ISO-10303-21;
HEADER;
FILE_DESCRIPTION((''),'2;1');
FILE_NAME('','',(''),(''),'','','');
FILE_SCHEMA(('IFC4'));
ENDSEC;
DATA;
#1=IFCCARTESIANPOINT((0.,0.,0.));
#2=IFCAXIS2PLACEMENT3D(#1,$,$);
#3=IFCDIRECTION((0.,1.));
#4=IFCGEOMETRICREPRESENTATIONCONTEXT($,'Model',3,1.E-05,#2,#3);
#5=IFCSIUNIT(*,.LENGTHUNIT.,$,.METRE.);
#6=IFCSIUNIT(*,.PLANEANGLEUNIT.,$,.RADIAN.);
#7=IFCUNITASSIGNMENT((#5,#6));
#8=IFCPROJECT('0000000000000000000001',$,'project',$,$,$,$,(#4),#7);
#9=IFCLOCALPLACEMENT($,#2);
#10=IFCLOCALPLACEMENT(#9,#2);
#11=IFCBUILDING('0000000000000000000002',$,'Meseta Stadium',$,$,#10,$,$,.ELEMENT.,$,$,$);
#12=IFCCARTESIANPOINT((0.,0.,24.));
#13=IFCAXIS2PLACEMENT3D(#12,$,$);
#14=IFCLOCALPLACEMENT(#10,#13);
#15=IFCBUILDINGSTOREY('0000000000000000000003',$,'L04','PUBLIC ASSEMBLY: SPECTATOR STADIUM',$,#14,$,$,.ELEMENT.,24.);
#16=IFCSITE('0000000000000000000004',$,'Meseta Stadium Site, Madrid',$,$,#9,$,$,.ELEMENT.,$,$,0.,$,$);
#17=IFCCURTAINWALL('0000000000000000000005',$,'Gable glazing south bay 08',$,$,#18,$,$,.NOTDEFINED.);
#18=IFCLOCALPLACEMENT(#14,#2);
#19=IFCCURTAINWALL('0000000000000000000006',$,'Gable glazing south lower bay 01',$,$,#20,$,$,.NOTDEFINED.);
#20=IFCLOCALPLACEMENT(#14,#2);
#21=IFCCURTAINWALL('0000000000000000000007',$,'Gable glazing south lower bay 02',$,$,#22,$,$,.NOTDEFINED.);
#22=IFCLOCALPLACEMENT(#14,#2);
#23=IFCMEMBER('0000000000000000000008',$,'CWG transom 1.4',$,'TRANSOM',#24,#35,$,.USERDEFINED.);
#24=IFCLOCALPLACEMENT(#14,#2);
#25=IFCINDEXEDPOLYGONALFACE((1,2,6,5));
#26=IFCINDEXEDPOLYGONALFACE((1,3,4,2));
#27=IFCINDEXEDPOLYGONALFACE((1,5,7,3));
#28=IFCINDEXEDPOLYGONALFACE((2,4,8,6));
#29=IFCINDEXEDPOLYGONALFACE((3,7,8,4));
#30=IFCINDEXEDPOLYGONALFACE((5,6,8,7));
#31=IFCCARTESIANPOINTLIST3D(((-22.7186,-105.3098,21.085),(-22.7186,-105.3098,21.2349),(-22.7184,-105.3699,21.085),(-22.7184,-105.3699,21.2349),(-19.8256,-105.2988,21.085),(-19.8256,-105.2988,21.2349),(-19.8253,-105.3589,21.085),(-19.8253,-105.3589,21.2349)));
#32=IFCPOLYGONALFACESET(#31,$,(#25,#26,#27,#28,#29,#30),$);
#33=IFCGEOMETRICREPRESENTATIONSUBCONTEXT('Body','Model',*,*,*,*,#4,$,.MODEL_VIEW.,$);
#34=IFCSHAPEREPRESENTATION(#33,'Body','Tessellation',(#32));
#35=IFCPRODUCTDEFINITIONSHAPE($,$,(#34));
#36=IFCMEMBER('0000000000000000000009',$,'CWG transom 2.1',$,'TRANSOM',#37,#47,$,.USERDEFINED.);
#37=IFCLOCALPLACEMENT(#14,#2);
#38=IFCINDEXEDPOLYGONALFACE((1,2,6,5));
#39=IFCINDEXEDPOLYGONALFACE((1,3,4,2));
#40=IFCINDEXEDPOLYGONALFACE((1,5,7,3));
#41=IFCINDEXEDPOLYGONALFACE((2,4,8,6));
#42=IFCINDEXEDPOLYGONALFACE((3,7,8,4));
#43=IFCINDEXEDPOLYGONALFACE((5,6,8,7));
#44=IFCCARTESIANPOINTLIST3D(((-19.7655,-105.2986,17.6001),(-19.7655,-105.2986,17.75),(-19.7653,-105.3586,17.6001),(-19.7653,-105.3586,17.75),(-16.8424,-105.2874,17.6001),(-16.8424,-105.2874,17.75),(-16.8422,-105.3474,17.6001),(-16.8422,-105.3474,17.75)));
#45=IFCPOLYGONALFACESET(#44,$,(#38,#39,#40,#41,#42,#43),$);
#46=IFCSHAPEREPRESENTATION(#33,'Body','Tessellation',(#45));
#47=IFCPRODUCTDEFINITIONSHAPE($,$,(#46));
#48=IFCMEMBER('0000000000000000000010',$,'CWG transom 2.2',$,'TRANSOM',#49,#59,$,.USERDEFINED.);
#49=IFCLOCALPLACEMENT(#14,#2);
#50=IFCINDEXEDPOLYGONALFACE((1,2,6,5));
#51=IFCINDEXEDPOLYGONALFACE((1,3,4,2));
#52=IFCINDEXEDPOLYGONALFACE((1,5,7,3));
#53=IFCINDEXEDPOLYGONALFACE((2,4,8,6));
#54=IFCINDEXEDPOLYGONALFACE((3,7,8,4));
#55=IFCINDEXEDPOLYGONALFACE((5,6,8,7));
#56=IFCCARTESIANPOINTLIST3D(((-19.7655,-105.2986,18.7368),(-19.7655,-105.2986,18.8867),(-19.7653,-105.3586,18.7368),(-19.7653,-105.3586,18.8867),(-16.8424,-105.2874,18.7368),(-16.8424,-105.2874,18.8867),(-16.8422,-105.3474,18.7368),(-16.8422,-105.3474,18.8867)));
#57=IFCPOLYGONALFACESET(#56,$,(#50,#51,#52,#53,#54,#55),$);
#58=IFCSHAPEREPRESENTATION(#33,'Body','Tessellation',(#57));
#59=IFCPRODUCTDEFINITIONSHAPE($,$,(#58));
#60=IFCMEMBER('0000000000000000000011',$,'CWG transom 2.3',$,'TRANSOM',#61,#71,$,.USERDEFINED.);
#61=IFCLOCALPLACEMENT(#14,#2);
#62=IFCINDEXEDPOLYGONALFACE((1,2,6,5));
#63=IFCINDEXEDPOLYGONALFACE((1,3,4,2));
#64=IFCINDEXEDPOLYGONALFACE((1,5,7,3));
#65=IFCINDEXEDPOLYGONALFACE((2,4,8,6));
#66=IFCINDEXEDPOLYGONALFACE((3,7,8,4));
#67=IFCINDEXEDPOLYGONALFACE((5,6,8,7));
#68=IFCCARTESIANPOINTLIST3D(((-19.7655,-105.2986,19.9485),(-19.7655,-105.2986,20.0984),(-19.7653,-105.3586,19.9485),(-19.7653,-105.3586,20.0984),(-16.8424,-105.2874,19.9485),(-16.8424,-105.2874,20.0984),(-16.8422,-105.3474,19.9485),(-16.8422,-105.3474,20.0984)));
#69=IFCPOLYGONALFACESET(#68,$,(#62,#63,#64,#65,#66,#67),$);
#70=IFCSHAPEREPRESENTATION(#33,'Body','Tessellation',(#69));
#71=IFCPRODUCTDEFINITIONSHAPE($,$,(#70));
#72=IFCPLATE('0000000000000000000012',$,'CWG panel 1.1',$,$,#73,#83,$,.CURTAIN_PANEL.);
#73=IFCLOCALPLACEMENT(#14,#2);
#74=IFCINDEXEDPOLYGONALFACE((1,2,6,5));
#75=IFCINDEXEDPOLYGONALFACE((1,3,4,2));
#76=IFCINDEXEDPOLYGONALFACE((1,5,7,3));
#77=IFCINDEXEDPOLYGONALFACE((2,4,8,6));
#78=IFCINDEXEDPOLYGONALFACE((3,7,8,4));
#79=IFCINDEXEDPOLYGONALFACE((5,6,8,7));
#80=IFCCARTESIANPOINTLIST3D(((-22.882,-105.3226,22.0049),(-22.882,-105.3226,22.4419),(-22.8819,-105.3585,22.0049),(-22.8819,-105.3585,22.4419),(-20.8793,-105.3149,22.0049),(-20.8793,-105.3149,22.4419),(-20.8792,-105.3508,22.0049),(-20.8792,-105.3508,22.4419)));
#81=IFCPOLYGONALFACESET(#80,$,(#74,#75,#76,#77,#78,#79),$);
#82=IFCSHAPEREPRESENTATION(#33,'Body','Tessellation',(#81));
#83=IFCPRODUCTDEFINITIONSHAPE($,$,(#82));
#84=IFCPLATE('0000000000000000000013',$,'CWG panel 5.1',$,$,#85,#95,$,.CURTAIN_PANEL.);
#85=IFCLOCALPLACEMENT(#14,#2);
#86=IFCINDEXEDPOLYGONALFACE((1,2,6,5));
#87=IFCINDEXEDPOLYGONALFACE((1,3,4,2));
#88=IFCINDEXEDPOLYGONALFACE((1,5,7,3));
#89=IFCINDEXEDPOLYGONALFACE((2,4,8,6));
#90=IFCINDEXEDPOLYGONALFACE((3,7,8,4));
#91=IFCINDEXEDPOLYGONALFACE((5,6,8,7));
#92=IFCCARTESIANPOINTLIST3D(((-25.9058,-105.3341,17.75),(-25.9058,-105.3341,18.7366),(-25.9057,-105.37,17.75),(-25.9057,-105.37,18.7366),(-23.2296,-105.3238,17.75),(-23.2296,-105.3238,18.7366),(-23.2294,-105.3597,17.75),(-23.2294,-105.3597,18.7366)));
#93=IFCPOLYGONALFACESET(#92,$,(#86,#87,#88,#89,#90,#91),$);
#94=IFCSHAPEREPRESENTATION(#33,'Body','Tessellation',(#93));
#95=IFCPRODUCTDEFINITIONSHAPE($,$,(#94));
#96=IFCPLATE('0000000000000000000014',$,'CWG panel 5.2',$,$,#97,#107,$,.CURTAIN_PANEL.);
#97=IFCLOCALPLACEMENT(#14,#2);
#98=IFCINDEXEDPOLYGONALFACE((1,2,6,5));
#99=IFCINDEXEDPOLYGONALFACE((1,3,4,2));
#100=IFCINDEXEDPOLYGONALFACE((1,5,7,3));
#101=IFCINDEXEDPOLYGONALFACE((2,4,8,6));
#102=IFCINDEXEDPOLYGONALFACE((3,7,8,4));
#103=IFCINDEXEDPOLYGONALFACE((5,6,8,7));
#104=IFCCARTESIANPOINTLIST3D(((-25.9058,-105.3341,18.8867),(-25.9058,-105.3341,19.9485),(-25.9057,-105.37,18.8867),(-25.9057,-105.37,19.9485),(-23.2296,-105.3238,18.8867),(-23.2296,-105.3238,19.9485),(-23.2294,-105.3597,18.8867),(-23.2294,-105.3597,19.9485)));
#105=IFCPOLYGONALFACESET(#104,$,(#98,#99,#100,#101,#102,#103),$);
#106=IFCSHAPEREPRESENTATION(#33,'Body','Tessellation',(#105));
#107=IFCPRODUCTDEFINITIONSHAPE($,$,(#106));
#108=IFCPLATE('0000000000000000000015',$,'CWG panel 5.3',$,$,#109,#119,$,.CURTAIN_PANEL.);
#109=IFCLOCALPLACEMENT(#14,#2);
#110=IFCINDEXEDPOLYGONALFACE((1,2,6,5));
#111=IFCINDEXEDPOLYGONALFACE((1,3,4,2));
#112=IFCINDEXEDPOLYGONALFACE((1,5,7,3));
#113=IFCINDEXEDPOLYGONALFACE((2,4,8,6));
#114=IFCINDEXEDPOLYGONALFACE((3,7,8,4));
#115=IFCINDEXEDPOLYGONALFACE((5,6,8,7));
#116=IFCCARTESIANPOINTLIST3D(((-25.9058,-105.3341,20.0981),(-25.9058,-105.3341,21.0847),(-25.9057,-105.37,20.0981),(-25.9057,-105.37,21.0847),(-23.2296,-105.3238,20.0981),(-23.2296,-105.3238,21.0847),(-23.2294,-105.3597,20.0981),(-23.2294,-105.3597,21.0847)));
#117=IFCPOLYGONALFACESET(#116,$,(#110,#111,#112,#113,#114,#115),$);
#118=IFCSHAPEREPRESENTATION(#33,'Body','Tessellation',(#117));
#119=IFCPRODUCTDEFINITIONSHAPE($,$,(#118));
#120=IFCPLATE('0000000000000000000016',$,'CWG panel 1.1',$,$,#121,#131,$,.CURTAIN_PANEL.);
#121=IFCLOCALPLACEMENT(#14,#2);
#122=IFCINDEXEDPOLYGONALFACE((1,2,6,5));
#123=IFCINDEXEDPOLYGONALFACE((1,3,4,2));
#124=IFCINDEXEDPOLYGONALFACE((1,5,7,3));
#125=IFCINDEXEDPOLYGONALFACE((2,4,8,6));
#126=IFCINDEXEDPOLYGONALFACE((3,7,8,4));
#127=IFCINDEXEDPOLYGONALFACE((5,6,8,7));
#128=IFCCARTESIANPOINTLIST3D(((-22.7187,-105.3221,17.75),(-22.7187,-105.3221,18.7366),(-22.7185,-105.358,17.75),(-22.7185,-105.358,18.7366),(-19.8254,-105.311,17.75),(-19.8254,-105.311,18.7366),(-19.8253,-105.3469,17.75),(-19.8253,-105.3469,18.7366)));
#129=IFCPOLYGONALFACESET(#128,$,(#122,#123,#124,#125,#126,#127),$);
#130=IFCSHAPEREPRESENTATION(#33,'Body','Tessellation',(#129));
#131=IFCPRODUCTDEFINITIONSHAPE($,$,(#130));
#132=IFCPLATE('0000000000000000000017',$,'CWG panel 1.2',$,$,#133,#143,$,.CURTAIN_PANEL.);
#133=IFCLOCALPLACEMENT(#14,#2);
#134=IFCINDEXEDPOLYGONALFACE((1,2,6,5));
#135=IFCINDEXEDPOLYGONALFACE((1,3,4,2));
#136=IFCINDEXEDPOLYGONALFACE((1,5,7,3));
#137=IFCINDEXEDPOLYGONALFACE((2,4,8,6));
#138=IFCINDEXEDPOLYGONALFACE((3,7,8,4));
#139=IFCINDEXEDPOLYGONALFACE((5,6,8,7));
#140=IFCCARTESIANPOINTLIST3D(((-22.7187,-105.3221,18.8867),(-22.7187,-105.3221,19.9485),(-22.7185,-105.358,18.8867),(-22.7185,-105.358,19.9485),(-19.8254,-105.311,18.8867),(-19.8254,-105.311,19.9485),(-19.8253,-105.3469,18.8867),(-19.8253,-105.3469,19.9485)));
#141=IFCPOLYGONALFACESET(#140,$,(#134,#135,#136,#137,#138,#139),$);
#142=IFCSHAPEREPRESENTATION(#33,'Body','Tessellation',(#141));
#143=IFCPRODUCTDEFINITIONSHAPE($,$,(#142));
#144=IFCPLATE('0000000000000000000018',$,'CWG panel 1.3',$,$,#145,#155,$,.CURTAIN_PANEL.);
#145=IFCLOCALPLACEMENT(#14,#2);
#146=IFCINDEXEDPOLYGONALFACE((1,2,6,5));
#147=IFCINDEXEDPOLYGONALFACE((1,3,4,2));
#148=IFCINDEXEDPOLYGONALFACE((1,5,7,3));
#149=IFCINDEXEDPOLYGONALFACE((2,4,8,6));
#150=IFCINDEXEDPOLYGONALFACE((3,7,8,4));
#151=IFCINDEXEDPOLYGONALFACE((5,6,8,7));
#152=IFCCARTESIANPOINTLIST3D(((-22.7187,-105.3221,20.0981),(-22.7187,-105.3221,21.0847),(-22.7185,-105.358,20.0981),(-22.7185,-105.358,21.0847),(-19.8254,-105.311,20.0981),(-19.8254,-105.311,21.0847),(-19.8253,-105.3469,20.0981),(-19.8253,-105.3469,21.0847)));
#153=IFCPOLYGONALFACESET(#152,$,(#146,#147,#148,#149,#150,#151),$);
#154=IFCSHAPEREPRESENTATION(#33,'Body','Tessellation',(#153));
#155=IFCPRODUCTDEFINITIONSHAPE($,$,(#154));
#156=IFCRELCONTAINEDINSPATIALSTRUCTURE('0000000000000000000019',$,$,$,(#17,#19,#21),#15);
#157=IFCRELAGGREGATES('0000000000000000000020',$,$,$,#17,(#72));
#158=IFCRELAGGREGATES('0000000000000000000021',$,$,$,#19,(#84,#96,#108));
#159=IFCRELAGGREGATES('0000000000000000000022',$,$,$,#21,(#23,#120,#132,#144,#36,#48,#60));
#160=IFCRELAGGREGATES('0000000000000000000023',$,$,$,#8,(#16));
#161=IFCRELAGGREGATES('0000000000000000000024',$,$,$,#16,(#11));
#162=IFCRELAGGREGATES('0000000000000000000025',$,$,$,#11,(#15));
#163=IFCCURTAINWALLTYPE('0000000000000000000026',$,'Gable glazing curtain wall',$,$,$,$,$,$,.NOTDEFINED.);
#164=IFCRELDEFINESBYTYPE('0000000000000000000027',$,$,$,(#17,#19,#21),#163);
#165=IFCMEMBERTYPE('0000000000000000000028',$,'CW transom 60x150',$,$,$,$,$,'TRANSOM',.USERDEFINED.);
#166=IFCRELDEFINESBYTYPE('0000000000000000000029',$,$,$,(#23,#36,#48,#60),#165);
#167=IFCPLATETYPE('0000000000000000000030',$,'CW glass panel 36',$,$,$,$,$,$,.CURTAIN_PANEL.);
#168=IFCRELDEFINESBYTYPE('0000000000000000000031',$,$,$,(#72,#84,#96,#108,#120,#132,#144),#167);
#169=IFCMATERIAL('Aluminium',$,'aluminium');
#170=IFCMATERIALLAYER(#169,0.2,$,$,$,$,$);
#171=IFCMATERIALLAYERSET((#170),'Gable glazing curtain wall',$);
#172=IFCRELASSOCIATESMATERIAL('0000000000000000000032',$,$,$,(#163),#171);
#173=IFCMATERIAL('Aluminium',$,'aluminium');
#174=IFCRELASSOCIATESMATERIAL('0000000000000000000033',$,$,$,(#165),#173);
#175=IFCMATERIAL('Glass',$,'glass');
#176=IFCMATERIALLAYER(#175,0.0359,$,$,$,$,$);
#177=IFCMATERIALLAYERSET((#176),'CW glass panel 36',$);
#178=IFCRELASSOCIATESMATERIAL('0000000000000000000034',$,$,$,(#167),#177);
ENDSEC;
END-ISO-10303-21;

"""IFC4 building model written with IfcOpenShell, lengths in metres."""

from ifc_helpers import new_model, si_unit, direction, frame, origin, origin_2d, place, context, subcontext, project, spatial, rectangle, extrude, material, layer, layer_set, material_profile, profile_set, type_object, element, aggregate, save


model = new_model("IFC4")

# Units and contexts
model_context = context("Model", 3, precision=1e-05, world=origin(), true_north=direction((0.0, 1.0)))
body_context = subcontext(model_context, "Body", "Model", "MODEL_VIEW")
ifc_project = project(units=[si_unit("LENGTHUNIT", "METRE"), si_unit("PLANEANGLEUNIT", "RADIAN")], contexts=[model_context])

# Site, building, storey
site_placement = place(None, origin())
site = spatial("IfcSite", under=ifc_project, at=site_placement, Name="Meseta Stadium Site, Madrid", CompositionType="ELEMENT", RefElevation=0.0)
building_placement = place(site_placement, origin())
building = spatial("IfcBuilding", under=site, at=building_placement, Name="Meseta Stadium", CompositionType="ELEMENT")
storey_placement = place(building_placement, frame((0.0, 0.0, 24.0)))
storey = spatial("IfcBuildingStorey", under=building, at=storey_placement, Name="L04", Description="PUBLIC ASSEMBLY: SPECTATOR STADIUM", CompositionType="ELEMENT", Elevation=24.0)

# Curtain wall
ifc_material_1 = material(Name="Aluminium", Category="aluminium")
ifc_layer_1 = layer(ifc_material_1, 0.2)
ifc_layer_set_1 = layer_set([ifc_layer_1], Name="Gable glazing curtain wall")
curtain_wall_type = type_object("IfcCurtainWallType", Name="Gable glazing curtain wall", PredefinedType="NOTDEFINED", material=ifc_layer_set_1)
curtain_wall_1_placement = place(storey_placement, origin())
curtain_wall_1 = element("IfcCurtainWall", 1, at=curtain_wall_1_placement, inside=storey, type_object=curtain_wall_type, Name="Gable glazing south bay 08", PredefinedType="NOTDEFINED")

# Curtain wall
curtain_wall_2_placement = place(storey_placement, origin())
curtain_wall_2 = element("IfcCurtainWall", 2, at=curtain_wall_2_placement, inside=storey, type_object=curtain_wall_type, Name="Gable glazing south lower bay 01", PredefinedType="NOTDEFINED")

# Curtain wall
curtain_wall_3_placement = place(storey_placement, origin())
curtain_wall_3 = element("IfcCurtainWall", 3, at=curtain_wall_3_placement, inside=storey, type_object=curtain_wall_type, Name="Gable glazing south lower bay 02", PredefinedType="NOTDEFINED")

# Members
ifc_material_2 = material(Name="Aluminium", Category="aluminium")
ifc_material_profile_1 = material_profile(ifc_material_2, rectangle(XDim=0.0601, YDim=0.1499, at=origin_2d()), Name="CW 60x150")
ifc_profile_set_1 = profile_set([ifc_material_profile_1], Name="Aluminium")
member_type_1 = type_object("IfcMemberType", Name="CW transom 60x150", ElementType="TRANSOM", PredefinedType="USERDEFINED", material=ifc_profile_set_1)
member_1_placement = place(storey_placement, frame((-22.7185, -105.3398, 21.1599), z_axis=(0.999993, 0.003797, 0.0), x_axis=(-0.003797, 0.999993, 0.0)))
member_1 = element("IfcMember", 4, at=member_1_placement, type_object=member_type_1, Name="CWG transom 1.4", ObjectType="TRANSOM", PredefinedType="USERDEFINED", context=body_context, shape_type="SweptSolid", body=[
    extrude(rectangle(XDim=0.0601, YDim=0.1499, at=origin_2d()), origin(), (0.0, 0.0, 1.0), 2.8931),
])
member_2_placement = place(storey_placement, frame((-19.7654, -105.3286, 17.675), z_axis=(0.999993, 0.003842, 0.0), x_axis=(-0.003842, 0.999993, 0.0)))
member_2 = element("IfcMember", 5, at=member_2_placement, type_object=member_type_1, Name="CWG transom 2.1", ObjectType="TRANSOM", PredefinedType="USERDEFINED", context=body_context, shape_type="SweptSolid", body=[
    extrude(rectangle(XDim=0.0601, YDim=0.1499, at=origin_2d()), origin(), (0.0, 0.0, 1.0), 2.9231),
])
member_3_placement = place(storey_placement, frame((-19.7654, -105.3286, 18.8118), z_axis=(0.999993, 0.003842, 0.0), x_axis=(-0.003842, 0.999993, 0.0)))
member_3 = element("IfcMember", 6, at=member_3_placement, type_object=member_type_1, Name="CWG transom 2.2", ObjectType="TRANSOM", PredefinedType="USERDEFINED", context=body_context, shape_type="SweptSolid", body=[
    extrude(rectangle(XDim=0.0601, YDim=0.1499, at=origin_2d()), origin(), (0.0, 0.0, 1.0), 2.9231),
])
member_4_placement = place(storey_placement, frame((-19.7654, -105.3286, 20.0234), z_axis=(0.999993, 0.003842, 0.0), x_axis=(-0.003842, 0.999993, 0.0)))
member_4 = element("IfcMember", 7, at=member_4_placement, type_object=member_type_1, Name="CWG transom 2.3", ObjectType="TRANSOM", PredefinedType="USERDEFINED", context=body_context, shape_type="SweptSolid", body=[
    extrude(rectangle(XDim=0.0601, YDim=0.1499, at=origin_2d()), origin(), (0.0, 0.0, 1.0), 2.9231),
])

# Plates
ifc_material_3 = material(Name="Glass", Category="glass")
ifc_layer_2 = layer(ifc_material_3, 0.0359)
ifc_layer_set_2 = layer_set([ifc_layer_2], Name="CW glass panel 36")
plate_type = type_object("IfcPlateType", Name="CW glass panel 36", PredefinedType="CURTAIN_PANEL", material=ifc_layer_set_2)
plate_1_placement = place(storey_placement, frame((-21.8806, -105.3367, 22.0049), z_axis=(0.0, 0.0, 1.0), x_axis=(0.999993, 0.003848, 0.0)))
plate_1 = element("IfcPlate", 8, at=plate_1_placement, type_object=plate_type, Name="CWG panel 1.1", PredefinedType="CURTAIN_PANEL", context=body_context, shape_type="SweptSolid", body=[
    extrude(rectangle(XDim=2.0027, YDim=0.0359, at=origin_2d()), origin(), (0.0, 0.0, 1.0), 0.437),
])
aggregate(curtain_wall_1, [plate_1])
plate_2_placement = place(storey_placement, frame((-24.5676, -105.3469, 17.75), z_axis=(0.0, 0.0, 1.0), x_axis=(0.999993, 0.003848, 0.0)))
plate_2 = element("IfcPlate", 9, at=plate_2_placement, type_object=plate_type, Name="CWG panel 5.1", PredefinedType="CURTAIN_PANEL", context=body_context, shape_type="SweptSolid", body=[
    extrude(rectangle(XDim=2.6763, YDim=0.0359, at=origin_2d()), origin(), (0.0, 0.0, 1.0), 0.9866),
])
plate_3_placement = place(storey_placement, frame((-24.5676, -105.3469, 18.8867), z_axis=(0.0, 0.0, 1.0), x_axis=(0.999993, 0.003848, 0.0)))
plate_3 = element("IfcPlate", 10, at=plate_3_placement, type_object=plate_type, Name="CWG panel 5.2", PredefinedType="CURTAIN_PANEL", context=body_context, shape_type="SweptSolid", body=[
    extrude(rectangle(XDim=2.6763, YDim=0.0359, at=origin_2d()), origin(), (0.0, 0.0, 1.0), 1.0618),
])
plate_4_placement = place(storey_placement, frame((-24.5676, -105.3469, 20.0981), z_axis=(0.0, 0.0, 1.0), x_axis=(0.999993, 0.003848, 0.0)))
plate_4 = element("IfcPlate", 11, at=plate_4_placement, type_object=plate_type, Name="CWG panel 5.3", PredefinedType="CURTAIN_PANEL", context=body_context, shape_type="SweptSolid", body=[
    extrude(rectangle(XDim=2.6763, YDim=0.0359, at=origin_2d()), origin(), (0.0, 0.0, 1.0), 0.9866),
])
aggregate(curtain_wall_2, [plate_2, plate_3, plate_4])
plate_5_placement = place(storey_placement, frame((-21.272, -105.3345, 17.75), z_axis=(0.0, 0.0, 1.0), x_axis=(0.999993, 0.003848, 0.0)))
plate_5 = element("IfcPlate", 12, at=plate_5_placement, type_object=plate_type, Name="CWG panel 1.1", PredefinedType="CURTAIN_PANEL", context=body_context, shape_type="SweptSolid", body=[
    extrude(rectangle(XDim=2.8933, YDim=0.0359, at=origin_2d()), origin(), (0.0, 0.0, 1.0), 0.9866),
])
plate_6_placement = place(storey_placement, frame((-21.272, -105.3345, 18.8867), z_axis=(0.0, 0.0, 1.0), x_axis=(0.999993, 0.003848, 0.0)))
plate_6 = element("IfcPlate", 13, at=plate_6_placement, type_object=plate_type, Name="CWG panel 1.2", PredefinedType="CURTAIN_PANEL", context=body_context, shape_type="SweptSolid", body=[
    extrude(rectangle(XDim=2.8933, YDim=0.0359, at=origin_2d()), origin(), (0.0, 0.0, 1.0), 1.0618),
])
plate_7_placement = place(storey_placement, frame((-21.272, -105.3345, 20.0981), z_axis=(0.0, 0.0, 1.0), x_axis=(0.999993, 0.003848, 0.0)))
plate_7 = element("IfcPlate", 14, at=plate_7_placement, type_object=plate_type, Name="CWG panel 1.3", PredefinedType="CURTAIN_PANEL", context=body_context, shape_type="SweptSolid", body=[
    extrude(rectangle(XDim=2.8933, YDim=0.0359, at=origin_2d()), origin(), (0.0, 0.0, 1.0), 0.9866),
])
aggregate(curtain_wall_3, [member_1, plate_5, plate_6, plate_7, member_2, member_3, member_4])

save(model, "model.ifc")
